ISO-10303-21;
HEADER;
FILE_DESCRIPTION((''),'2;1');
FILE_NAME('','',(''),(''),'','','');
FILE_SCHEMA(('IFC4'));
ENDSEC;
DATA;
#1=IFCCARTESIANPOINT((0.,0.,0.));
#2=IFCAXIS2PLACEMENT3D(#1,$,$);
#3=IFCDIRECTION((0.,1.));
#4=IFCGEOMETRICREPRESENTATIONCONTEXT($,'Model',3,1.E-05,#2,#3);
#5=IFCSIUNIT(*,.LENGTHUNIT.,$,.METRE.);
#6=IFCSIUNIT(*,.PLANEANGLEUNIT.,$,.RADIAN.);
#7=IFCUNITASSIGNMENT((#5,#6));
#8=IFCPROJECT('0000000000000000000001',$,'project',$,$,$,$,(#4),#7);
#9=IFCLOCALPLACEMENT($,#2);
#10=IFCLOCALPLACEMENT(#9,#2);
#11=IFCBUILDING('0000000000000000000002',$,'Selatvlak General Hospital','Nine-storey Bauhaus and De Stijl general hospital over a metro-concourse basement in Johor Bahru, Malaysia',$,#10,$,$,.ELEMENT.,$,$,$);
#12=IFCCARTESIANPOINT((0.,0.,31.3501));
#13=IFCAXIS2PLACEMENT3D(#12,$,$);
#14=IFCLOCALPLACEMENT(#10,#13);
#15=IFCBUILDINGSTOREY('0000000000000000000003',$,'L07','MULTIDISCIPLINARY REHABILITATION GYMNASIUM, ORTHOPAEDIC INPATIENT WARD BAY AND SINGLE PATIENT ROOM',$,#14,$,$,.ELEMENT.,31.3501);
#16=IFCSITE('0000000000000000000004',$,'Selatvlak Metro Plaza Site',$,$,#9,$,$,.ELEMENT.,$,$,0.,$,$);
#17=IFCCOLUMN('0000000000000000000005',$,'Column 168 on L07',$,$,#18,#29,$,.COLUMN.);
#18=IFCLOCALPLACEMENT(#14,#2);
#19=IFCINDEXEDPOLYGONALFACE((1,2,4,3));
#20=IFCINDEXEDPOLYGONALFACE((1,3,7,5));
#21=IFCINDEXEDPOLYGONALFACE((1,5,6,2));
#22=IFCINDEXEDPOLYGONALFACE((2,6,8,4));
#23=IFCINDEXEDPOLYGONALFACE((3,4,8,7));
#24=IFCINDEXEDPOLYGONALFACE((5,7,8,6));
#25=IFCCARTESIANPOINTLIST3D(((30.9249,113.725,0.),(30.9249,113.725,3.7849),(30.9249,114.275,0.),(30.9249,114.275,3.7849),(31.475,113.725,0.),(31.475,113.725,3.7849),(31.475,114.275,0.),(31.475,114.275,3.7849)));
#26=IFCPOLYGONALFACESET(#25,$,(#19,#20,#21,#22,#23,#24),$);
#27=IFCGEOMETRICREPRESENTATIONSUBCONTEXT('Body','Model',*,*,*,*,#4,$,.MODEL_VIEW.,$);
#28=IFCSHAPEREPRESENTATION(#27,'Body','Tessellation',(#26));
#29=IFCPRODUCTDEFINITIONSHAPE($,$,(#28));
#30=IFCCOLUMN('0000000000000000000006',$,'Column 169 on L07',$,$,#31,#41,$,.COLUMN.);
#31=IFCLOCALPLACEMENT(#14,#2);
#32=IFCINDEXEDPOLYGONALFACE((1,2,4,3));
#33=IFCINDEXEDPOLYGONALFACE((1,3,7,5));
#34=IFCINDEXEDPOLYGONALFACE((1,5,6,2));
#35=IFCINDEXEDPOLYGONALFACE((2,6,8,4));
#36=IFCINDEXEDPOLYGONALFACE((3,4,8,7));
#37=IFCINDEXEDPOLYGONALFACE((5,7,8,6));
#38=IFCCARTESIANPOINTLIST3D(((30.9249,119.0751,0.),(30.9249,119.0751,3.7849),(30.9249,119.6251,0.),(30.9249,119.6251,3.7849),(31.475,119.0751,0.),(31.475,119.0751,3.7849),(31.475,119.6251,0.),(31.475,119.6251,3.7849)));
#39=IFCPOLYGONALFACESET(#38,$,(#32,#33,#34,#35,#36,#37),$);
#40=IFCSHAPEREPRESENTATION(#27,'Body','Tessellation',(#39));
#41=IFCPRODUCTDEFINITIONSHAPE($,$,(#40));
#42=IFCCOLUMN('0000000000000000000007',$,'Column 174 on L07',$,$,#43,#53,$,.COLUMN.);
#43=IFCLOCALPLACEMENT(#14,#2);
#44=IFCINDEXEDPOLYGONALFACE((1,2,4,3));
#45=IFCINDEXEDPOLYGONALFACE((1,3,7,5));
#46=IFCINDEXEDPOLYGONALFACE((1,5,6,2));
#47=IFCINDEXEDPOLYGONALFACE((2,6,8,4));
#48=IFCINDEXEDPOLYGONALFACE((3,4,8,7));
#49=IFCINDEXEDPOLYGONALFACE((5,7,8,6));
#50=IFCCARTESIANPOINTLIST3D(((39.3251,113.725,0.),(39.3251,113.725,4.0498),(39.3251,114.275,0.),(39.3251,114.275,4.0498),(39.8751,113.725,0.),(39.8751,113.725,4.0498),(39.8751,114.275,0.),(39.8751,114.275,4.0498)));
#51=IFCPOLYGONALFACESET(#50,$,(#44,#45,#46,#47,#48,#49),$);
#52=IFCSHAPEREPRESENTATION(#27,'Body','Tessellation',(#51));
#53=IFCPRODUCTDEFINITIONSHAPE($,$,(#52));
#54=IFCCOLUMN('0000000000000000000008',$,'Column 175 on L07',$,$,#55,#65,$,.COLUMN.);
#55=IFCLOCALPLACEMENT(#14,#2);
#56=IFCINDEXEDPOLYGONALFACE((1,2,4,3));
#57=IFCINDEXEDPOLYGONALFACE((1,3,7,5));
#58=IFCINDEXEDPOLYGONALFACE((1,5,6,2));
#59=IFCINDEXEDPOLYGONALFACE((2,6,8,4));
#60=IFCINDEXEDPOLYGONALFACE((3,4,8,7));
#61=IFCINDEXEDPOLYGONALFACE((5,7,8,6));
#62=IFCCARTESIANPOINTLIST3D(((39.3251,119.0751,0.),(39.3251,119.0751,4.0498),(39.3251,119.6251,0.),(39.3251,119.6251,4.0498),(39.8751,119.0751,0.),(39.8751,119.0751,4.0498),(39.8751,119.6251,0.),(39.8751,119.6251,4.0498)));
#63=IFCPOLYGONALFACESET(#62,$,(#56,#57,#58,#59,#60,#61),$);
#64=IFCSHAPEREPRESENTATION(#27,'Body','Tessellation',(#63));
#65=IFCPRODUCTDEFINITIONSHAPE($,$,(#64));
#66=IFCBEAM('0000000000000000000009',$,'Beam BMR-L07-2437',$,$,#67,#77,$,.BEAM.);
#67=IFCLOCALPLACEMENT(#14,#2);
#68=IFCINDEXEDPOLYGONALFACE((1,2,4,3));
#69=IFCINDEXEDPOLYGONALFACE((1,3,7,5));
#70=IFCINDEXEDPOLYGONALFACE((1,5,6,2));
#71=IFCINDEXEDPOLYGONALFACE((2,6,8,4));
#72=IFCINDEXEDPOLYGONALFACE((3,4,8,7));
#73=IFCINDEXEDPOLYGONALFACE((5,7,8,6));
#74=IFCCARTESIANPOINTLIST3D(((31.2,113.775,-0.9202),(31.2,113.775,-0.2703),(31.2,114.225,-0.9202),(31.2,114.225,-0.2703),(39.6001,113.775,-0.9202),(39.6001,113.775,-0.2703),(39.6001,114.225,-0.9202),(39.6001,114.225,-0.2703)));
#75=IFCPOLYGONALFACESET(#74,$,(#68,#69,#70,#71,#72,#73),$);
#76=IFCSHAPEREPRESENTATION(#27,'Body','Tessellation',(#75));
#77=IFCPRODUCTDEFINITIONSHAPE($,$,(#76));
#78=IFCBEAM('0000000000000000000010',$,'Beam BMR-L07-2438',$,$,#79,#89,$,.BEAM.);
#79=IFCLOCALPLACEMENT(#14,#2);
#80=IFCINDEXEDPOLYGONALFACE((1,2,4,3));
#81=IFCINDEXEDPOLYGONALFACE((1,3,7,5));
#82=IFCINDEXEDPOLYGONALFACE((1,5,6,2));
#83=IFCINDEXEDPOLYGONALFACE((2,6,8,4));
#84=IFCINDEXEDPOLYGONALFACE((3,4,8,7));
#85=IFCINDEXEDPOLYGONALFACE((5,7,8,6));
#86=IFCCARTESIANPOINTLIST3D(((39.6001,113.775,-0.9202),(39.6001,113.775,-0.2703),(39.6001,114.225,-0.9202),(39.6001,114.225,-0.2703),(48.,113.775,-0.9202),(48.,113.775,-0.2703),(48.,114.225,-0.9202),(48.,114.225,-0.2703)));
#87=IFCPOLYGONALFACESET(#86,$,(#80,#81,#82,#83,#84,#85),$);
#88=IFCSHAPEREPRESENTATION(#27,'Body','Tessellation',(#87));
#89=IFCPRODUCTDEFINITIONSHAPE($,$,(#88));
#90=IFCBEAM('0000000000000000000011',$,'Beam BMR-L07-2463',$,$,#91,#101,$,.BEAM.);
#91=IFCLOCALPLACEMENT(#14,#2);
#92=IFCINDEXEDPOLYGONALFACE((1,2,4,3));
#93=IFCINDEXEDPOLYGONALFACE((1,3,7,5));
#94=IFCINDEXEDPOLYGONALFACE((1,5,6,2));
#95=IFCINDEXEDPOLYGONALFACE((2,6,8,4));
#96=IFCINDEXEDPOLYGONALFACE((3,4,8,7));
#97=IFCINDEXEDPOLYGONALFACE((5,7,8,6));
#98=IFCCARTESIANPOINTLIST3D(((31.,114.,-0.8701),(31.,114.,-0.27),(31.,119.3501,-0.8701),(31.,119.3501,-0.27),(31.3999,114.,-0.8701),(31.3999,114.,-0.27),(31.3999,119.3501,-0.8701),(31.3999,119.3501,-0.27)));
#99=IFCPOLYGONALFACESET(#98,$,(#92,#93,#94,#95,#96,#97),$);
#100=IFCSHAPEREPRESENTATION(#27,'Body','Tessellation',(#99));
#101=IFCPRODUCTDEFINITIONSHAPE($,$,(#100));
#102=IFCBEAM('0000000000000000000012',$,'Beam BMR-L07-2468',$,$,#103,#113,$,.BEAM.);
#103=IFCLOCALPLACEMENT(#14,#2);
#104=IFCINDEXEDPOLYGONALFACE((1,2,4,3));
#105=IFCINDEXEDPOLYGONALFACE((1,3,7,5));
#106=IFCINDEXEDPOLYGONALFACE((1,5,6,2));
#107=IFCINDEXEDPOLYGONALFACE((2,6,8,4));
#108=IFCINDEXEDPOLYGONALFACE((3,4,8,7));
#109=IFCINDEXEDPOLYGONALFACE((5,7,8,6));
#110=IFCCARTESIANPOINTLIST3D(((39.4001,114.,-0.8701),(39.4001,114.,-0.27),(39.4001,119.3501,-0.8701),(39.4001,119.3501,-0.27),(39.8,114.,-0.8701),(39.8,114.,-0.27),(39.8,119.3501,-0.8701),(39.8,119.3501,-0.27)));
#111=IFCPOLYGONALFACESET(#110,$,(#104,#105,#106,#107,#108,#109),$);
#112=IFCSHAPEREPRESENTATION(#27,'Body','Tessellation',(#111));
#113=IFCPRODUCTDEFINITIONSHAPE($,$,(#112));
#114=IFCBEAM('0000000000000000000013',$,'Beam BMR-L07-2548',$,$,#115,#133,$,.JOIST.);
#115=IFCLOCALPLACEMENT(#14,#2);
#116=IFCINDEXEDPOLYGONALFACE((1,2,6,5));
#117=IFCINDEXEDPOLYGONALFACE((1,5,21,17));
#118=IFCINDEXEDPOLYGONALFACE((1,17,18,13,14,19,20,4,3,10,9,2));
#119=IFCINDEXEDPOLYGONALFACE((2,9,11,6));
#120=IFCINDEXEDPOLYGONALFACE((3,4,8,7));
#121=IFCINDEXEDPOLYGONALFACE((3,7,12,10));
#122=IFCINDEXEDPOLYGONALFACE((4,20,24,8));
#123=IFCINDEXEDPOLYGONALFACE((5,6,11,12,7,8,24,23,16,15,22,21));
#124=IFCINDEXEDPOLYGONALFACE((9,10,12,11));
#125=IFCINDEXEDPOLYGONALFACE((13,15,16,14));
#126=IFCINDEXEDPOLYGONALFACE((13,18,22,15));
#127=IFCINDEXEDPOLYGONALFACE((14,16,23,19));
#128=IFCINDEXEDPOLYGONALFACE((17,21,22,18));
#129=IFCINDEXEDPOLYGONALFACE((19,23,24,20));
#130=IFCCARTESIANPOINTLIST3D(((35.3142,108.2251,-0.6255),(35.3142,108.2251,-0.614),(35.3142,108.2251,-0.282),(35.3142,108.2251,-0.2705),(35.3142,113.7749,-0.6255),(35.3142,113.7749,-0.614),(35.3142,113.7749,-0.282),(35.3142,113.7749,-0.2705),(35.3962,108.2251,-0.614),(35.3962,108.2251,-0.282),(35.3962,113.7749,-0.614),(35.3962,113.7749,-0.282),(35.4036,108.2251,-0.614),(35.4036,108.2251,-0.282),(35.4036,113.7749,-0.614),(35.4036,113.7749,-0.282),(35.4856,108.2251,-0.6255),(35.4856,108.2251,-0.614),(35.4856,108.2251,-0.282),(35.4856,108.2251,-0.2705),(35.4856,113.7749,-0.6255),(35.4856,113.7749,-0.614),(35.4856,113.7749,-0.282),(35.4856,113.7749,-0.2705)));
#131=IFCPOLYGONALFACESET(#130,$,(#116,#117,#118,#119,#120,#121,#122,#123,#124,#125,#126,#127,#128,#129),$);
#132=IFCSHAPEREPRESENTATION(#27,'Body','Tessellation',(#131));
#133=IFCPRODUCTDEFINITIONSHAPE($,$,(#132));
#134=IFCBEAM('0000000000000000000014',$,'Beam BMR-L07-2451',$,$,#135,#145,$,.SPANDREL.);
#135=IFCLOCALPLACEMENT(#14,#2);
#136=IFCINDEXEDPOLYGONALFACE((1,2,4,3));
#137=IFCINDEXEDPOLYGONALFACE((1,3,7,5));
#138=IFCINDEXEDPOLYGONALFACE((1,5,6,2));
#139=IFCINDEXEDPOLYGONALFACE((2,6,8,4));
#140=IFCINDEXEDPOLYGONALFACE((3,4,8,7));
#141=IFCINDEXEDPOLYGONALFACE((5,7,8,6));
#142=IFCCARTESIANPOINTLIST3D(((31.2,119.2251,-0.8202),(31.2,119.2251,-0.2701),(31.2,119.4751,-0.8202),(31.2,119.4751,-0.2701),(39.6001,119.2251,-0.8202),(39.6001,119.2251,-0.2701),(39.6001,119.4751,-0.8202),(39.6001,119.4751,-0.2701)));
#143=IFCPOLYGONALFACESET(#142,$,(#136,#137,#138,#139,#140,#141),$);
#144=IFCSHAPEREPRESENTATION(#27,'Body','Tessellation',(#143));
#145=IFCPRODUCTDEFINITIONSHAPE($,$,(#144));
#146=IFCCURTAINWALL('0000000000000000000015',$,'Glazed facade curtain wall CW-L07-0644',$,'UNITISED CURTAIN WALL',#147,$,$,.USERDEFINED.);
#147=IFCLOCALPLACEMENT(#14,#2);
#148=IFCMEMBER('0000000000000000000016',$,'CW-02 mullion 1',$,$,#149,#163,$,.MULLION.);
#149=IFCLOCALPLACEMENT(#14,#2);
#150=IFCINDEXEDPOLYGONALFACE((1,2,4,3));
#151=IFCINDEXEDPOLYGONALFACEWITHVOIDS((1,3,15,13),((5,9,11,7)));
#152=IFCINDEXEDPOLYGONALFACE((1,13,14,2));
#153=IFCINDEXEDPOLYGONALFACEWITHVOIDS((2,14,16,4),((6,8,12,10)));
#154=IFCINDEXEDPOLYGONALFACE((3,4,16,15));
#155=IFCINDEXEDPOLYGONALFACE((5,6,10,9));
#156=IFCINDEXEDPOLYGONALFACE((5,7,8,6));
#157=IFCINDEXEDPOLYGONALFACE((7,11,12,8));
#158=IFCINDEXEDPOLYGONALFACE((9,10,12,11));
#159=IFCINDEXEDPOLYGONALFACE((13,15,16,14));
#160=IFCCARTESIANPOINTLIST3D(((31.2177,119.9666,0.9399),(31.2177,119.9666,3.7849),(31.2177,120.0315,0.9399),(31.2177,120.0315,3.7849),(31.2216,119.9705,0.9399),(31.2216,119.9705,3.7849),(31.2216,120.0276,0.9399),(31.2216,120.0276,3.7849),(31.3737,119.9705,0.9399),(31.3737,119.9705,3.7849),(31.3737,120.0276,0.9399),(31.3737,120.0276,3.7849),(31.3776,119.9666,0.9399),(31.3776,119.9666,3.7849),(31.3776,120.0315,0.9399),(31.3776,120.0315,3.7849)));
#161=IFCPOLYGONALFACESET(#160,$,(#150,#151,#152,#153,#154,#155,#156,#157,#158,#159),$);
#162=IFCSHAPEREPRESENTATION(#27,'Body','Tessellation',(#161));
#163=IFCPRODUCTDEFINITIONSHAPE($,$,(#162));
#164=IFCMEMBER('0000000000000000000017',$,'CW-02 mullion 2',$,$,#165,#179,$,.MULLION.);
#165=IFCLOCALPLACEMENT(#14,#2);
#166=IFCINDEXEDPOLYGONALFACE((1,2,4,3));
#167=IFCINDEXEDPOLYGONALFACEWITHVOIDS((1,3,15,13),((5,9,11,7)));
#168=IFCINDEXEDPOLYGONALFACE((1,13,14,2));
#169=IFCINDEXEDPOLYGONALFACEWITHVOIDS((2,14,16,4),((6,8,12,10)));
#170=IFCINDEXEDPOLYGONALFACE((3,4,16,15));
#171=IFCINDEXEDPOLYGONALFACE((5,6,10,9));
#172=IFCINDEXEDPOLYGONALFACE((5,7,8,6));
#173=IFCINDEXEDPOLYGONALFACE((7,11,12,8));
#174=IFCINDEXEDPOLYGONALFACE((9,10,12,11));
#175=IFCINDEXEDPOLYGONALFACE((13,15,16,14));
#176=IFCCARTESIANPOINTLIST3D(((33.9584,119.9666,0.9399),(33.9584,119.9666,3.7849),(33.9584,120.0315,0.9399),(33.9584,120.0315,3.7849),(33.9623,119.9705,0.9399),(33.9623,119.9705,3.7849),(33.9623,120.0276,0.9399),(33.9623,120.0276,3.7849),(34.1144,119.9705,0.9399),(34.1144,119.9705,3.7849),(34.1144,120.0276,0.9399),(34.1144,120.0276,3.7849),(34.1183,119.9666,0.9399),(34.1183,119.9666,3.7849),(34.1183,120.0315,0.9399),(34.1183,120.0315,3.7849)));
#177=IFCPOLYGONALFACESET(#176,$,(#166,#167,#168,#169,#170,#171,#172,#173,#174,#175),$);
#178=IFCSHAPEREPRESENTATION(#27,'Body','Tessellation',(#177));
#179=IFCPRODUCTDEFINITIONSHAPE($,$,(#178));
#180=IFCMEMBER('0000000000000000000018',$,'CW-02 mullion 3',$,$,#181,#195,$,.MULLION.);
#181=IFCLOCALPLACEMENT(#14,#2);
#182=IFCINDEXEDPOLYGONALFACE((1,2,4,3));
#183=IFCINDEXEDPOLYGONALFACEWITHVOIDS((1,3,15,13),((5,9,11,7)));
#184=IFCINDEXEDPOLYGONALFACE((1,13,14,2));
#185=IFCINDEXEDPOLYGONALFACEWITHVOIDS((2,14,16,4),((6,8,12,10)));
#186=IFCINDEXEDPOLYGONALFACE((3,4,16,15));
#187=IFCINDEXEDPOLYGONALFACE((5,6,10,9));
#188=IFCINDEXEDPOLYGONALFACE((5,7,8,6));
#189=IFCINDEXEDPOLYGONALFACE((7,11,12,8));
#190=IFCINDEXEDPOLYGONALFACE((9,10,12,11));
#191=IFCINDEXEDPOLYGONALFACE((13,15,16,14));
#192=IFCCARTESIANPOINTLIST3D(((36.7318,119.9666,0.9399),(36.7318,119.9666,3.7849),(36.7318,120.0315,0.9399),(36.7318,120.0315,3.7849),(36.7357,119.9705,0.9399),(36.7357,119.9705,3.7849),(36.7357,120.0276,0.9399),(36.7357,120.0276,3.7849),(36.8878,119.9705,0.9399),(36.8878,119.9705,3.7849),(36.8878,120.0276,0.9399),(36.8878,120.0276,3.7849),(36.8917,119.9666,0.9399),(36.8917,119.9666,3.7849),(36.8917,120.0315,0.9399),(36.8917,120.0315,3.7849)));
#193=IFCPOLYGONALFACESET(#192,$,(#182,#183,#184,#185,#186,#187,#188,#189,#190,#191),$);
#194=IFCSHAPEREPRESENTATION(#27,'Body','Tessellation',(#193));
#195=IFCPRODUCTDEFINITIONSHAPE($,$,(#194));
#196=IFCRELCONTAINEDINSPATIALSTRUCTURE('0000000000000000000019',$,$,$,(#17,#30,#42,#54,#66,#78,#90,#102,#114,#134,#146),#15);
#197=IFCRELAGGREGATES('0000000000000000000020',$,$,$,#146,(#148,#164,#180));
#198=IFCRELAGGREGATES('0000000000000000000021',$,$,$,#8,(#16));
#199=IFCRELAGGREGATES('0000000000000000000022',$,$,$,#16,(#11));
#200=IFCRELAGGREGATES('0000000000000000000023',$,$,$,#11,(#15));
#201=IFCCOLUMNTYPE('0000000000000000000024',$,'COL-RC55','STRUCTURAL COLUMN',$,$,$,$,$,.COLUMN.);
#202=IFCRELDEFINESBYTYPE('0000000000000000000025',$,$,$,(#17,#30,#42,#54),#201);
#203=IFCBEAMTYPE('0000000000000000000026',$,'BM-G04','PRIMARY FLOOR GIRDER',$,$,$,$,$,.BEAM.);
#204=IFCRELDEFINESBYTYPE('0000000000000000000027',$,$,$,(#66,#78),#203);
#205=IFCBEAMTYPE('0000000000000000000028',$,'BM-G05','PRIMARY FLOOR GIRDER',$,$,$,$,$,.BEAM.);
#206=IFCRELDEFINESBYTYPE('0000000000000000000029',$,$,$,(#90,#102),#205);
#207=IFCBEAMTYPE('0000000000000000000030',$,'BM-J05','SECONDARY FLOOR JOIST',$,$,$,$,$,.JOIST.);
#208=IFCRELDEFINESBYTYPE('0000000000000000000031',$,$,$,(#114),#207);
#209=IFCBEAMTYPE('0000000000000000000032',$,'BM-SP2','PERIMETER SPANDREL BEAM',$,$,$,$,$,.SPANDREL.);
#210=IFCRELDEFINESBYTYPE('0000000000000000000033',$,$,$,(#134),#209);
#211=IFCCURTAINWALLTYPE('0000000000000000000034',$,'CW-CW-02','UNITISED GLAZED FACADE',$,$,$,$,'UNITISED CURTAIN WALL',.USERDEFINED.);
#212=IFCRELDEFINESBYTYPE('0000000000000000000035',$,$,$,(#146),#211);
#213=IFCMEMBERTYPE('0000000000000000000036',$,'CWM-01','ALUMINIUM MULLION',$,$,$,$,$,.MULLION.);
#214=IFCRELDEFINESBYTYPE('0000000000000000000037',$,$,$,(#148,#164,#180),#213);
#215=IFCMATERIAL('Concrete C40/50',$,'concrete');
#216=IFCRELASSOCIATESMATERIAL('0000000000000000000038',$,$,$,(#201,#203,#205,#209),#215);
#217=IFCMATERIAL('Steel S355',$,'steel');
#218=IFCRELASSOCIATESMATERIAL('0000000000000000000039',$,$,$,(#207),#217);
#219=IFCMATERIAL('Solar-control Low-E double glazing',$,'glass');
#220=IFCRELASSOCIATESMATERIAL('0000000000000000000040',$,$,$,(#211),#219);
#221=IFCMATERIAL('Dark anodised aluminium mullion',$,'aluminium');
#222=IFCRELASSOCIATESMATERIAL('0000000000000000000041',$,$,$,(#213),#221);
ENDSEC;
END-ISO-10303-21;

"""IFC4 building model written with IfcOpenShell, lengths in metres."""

from ifc_helpers import new_model, si_unit, direction, frame, origin, origin_2d, place, context, subcontext, project, spatial, rectangle, hollow_rectangle, i_section, extrude, material, material_profile, profile_set, type_object, element, aggregate, save


model = new_model("IFC4")

# Units and contexts
model_context = context("Model", 3, precision=1e-05, world=origin(), true_north=direction((0.0, 1.0)))
body_context = subcontext(model_context, "Body", "Model", "MODEL_VIEW")
ifc_project = project(units=[si_unit("LENGTHUNIT", "METRE"), si_unit("PLANEANGLEUNIT", "RADIAN")], contexts=[model_context])

# Site, building, storey
site_placement = place(None, origin())
site = spatial("IfcSite", under=ifc_project, at=site_placement, Name="Selatvlak Metro Plaza Site", CompositionType="ELEMENT", RefElevation=0.0)
building_placement = place(site_placement, origin())
building = spatial("IfcBuilding", under=site, at=building_placement, Name="Selatvlak General Hospital", Description="Nine-storey Bauhaus and De Stijl general hospital over a metro-concourse basement in Johor Bahru, Malaysia", CompositionType="ELEMENT")
storey_placement = place(building_placement, frame((0.0, 0.0, 31.3501)))
storey = spatial("IfcBuildingStorey", under=building, at=storey_placement, Name="L07", Description="MULTIDISCIPLINARY REHABILITATION GYMNASIUM, ORTHOPAEDIC INPATIENT WARD BAY AND SINGLE PATIENT ROOM", CompositionType="ELEMENT", Elevation=31.3501)

# Columns
ifc_material_1 = material(Name="Concrete C40/50", Category="concrete")
ifc_material_profile_1 = material_profile(ifc_material_1, rectangle(XDim=0.55, YDim=0.55, at=origin_2d()), Name="RC-COL 550x550")
ifc_profile_set_1 = profile_set([ifc_material_profile_1], Name="Concrete C40/50")
column_type = type_object("IfcColumnType", Name="COL-RC55", Description="STRUCTURAL COLUMN", PredefinedType="COLUMN", material=ifc_profile_set_1)
for number, where, z_axis, x_axis, name in (
    (1, (31.2, 114.0, 0.0), (0.0, 0.0, 1.0), (1.0, 0.0, 0.0), "Column 168 on L07"),
    (2, (31.2, 119.3501, 0.0), (0.0, 0.0, 1.0), (1.0, 0.0, 0.0), "Column 169 on L07"),
):
    element("IfcColumn", number, at=place(storey_placement, frame(where, z_axis=z_axis, x_axis=x_axis)), inside=storey, type_object=column_type, Name=name, PredefinedType="COLUMN", context=body_context, shape_type="SweptSolid", body=[
        extrude(rectangle(XDim=0.55, YDim=0.55, at=origin_2d()), origin(), (0.0, 0.0, 1.0), 3.7849),
    ])
for number, where, z_axis, x_axis, name in (
    (3, (39.6001, 114.0, 0.0), (0.0, 0.0, 1.0), (1.0, 0.0, 0.0), "Column 174 on L07"),
    (4, (39.6001, 119.3501, 0.0), (0.0, 0.0, 1.0), (1.0, 0.0, 0.0), "Column 175 on L07"),
):
    element("IfcColumn", number, at=place(storey_placement, frame(where, z_axis=z_axis, x_axis=x_axis)), inside=storey, type_object=column_type, Name=name, PredefinedType="COLUMN", context=body_context, shape_type="SweptSolid", body=[
        extrude(rectangle(XDim=0.55, YDim=0.55, at=origin_2d()), origin(), (0.0, 0.0, 1.0), 4.0498),
    ])

# Beams
ifc_material_profile_2 = material_profile(ifc_material_1, rectangle(XDim=0.45, YDim=0.6499, at=origin_2d()), Name="RC-BM 450x650")
ifc_profile_set_2 = profile_set([ifc_material_profile_2], Name="Concrete C40/50")
beam_type_1 = type_object("IfcBeamType", Name="BM-G04", Description="PRIMARY FLOOR GIRDER", PredefinedType="BEAM", material=ifc_profile_set_2)
beam_1_placement = place(storey_placement, frame((31.2, 114.0, -0.5952), z_axis=(1.0, 0.0, 0.0), x_axis=(0.0, 1.0, 0.0)))
element("IfcBeam", 5, at=beam_1_placement, inside=storey, type_object=beam_type_1, Name="Beam BMR-L07-2437", PredefinedType="BEAM", context=body_context, shape_type="SweptSolid", body=[
    extrude(rectangle(XDim=0.45, YDim=0.6499, at=origin_2d()), origin(), (0.0, 0.0, 1.0), 8.4001),
])
beam_2_placement = place(storey_placement, frame((39.6001, 114.0, -0.5952), z_axis=(1.0, 0.0, 0.0), x_axis=(0.0, 1.0, 0.0)))
element("IfcBeam", 6, at=beam_2_placement, inside=storey, type_object=beam_type_1, Name="Beam BMR-L07-2438", PredefinedType="BEAM", context=body_context, shape_type="SweptSolid", body=[
    extrude(rectangle(XDim=0.45, YDim=0.6499, at=origin_2d()), origin(), (0.0, 0.0, 1.0), 8.3999),
])
ifc_material_profile_3 = material_profile(ifc_material_1, rectangle(XDim=0.3999, YDim=0.6001, at=origin_2d()), Name="RC-BM 400x600")
ifc_profile_set_3 = profile_set([ifc_material_profile_3], Name="Concrete C40/50")
beam_type_2 = type_object("IfcBeamType", Name="BM-G05", Description="PRIMARY FLOOR GIRDER", PredefinedType="BEAM", material=ifc_profile_set_3)
for number, where, z_axis, x_axis, name in (
    (7, (31.2, 114.0, -0.5701), (0.0, 1.0, 0.0), (-1.0, 0.0, 0.0), "Beam BMR-L07-2463"),
    (8, (39.6001, 114.0, -0.5701), (0.0, 1.0, 0.0), (-1.0, 0.0, 0.0), "Beam BMR-L07-2468"),
):
    element("IfcBeam", number, at=place(storey_placement, frame(where, z_axis=z_axis, x_axis=x_axis)), inside=storey, type_object=beam_type_2, Name=name, PredefinedType="BEAM", context=body_context, shape_type="SweptSolid", body=[
        extrude(rectangle(XDim=0.3999, YDim=0.6001, at=origin_2d()), origin(), (0.0, 0.0, 1.0), 5.3501),
    ])
ifc_material_2 = material(Name="Steel S355", Category="steel")
ifc_material_profile_4 = material_profile(ifc_material_2, i_section(OverallWidth=0.1714, OverallDepth=0.355, WebThickness=0.0073, FlangeThickness=0.0115, at=origin_2d()), Name="UB 356x171x51")
ifc_profile_set_4 = profile_set([ifc_material_profile_4], Name="Steel S355")
beam_type_3 = type_object("IfcBeamType", Name="BM-J05", Description="SECONDARY FLOOR JOIST", PredefinedType="JOIST", material=ifc_profile_set_4)
beam_3_placement = place(storey_placement, frame((35.3999, 108.2251, -0.448), z_axis=(0.0, 1.0, 0.0), x_axis=(-1.0, 0.0, 0.0)))
element("IfcBeam", 9, at=beam_3_placement, inside=storey, type_object=beam_type_3, Name="Beam BMR-L07-2548", PredefinedType="JOIST", context=body_context, shape_type="SweptSolid", body=[
    extrude(i_section(OverallWidth=0.1714, OverallDepth=0.355, WebThickness=0.0073, FlangeThickness=0.0115, at=origin_2d()), origin(), (0.0, 0.0, 1.0), 5.5498),
])
ifc_material_profile_5 = material_profile(ifc_material_1, rectangle(XDim=0.25, YDim=0.55, at=origin_2d()), Name="RC-SP 250x550")
ifc_profile_set_5 = profile_set([ifc_material_profile_5], Name="Concrete C40/50")
beam_type_4 = type_object("IfcBeamType", Name="BM-SP2", Description="PERIMETER SPANDREL BEAM", PredefinedType="SPANDREL", material=ifc_profile_set_5)
beam_4_placement = place(storey_placement, frame((31.2, 119.3501, -0.5452), z_axis=(1.0, 0.0, 0.0), x_axis=(0.0, 1.0, 0.0)))
element("IfcBeam", 10, at=beam_4_placement, inside=storey, type_object=beam_type_4, Name="Beam BMR-L07-2451", PredefinedType="SPANDREL", context=body_context, shape_type="SweptSolid", body=[
    extrude(rectangle(XDim=0.25, YDim=0.55, at=origin_2d()), origin(), (0.0, 0.0, 1.0), 8.4001),
])

# Curtain wall, members
ifc_material_3 = material(Name="Solar-control Low-E double glazing", Category="glass")
curtain_wall_type_1 = type_object("IfcCurtainWallType", Name="CW-CW-02", Description="UNITISED GLAZED FACADE", ElementType="UNITISED CURTAIN WALL", PredefinedType="USERDEFINED", material=ifc_material_3)
curtain_wall_1_placement = place(storey_placement, origin())
curtain_wall_1 = element("IfcCurtainWall", 11, at=curtain_wall_1_placement, inside=storey, type_object=curtain_wall_type_1, Name="Glazed facade curtain wall CW-L07-0644", ObjectType="UNITISED CURTAIN WALL", PredefinedType="USERDEFINED")
ifc_material_4 = material(Name="Dark anodised aluminium mullion", Category="aluminium")
ifc_material_profile_6 = material_profile(ifc_material_4, hollow_rectangle(XDim=0.0649, YDim=0.1599, WallThickness=0.0039, at=origin_2d()), Name="AL-MUL 65x160x4")
ifc_profile_set_6 = profile_set([ifc_material_profile_6], Name="Dark anodised aluminium mullion")
member_type_1 = type_object("IfcMemberType", Name="CWM-01", Description="ALUMINIUM MULLION", PredefinedType="MULLION", material=ifc_profile_set_6)
member_1_placement = place(storey_placement, frame((31.2976, 119.999, 0.9399), z_axis=(0.0, 0.0, 1.0), x_axis=(0.0, 1.0, 0.0)))
member_1 = element("IfcMember", 12, at=member_1_placement, type_object=member_type_1, Name="CW-02 mullion 1", PredefinedType="MULLION", context=body_context, shape_type="SweptSolid", body=[
    extrude(hollow_rectangle(XDim=0.0649, YDim=0.1599, WallThickness=0.0039, at=origin_2d()), origin(), (0.0, 0.0, 1.0), 2.845),
])
member_2_placement = place(storey_placement, frame((34.0383, 119.999, 0.9399), z_axis=(0.0, 0.0, 1.0), x_axis=(0.0, 1.0, 0.0)))
member_2 = element("IfcMember", 13, at=member_2_placement, type_object=member_type_1, Name="CW-02 mullion 2", PredefinedType="MULLION", context=body_context, shape_type="SweptSolid", body=[
    extrude(hollow_rectangle(XDim=0.0649, YDim=0.1599, WallThickness=0.0039, at=origin_2d()), origin(), (0.0, 0.0, 1.0), 2.845),
])
member_3_placement = place(storey_placement, frame((36.8118, 119.999, 0.9399), z_axis=(0.0, 0.0, 1.0), x_axis=(0.0, 1.0, 0.0)))
member_3 = element("IfcMember", 14, at=member_3_placement, type_object=member_type_1, Name="CW-02 mullion 3", PredefinedType="MULLION", context=body_context, shape_type="SweptSolid", body=[
    extrude(hollow_rectangle(XDim=0.0649, YDim=0.1599, WallThickness=0.0039, at=origin_2d()), origin(), (0.0, 0.0, 1.0), 2.845),
])

aggregate(curtain_wall_1, [member_1, member_2, member_3])

save(model, "model.ifc")
